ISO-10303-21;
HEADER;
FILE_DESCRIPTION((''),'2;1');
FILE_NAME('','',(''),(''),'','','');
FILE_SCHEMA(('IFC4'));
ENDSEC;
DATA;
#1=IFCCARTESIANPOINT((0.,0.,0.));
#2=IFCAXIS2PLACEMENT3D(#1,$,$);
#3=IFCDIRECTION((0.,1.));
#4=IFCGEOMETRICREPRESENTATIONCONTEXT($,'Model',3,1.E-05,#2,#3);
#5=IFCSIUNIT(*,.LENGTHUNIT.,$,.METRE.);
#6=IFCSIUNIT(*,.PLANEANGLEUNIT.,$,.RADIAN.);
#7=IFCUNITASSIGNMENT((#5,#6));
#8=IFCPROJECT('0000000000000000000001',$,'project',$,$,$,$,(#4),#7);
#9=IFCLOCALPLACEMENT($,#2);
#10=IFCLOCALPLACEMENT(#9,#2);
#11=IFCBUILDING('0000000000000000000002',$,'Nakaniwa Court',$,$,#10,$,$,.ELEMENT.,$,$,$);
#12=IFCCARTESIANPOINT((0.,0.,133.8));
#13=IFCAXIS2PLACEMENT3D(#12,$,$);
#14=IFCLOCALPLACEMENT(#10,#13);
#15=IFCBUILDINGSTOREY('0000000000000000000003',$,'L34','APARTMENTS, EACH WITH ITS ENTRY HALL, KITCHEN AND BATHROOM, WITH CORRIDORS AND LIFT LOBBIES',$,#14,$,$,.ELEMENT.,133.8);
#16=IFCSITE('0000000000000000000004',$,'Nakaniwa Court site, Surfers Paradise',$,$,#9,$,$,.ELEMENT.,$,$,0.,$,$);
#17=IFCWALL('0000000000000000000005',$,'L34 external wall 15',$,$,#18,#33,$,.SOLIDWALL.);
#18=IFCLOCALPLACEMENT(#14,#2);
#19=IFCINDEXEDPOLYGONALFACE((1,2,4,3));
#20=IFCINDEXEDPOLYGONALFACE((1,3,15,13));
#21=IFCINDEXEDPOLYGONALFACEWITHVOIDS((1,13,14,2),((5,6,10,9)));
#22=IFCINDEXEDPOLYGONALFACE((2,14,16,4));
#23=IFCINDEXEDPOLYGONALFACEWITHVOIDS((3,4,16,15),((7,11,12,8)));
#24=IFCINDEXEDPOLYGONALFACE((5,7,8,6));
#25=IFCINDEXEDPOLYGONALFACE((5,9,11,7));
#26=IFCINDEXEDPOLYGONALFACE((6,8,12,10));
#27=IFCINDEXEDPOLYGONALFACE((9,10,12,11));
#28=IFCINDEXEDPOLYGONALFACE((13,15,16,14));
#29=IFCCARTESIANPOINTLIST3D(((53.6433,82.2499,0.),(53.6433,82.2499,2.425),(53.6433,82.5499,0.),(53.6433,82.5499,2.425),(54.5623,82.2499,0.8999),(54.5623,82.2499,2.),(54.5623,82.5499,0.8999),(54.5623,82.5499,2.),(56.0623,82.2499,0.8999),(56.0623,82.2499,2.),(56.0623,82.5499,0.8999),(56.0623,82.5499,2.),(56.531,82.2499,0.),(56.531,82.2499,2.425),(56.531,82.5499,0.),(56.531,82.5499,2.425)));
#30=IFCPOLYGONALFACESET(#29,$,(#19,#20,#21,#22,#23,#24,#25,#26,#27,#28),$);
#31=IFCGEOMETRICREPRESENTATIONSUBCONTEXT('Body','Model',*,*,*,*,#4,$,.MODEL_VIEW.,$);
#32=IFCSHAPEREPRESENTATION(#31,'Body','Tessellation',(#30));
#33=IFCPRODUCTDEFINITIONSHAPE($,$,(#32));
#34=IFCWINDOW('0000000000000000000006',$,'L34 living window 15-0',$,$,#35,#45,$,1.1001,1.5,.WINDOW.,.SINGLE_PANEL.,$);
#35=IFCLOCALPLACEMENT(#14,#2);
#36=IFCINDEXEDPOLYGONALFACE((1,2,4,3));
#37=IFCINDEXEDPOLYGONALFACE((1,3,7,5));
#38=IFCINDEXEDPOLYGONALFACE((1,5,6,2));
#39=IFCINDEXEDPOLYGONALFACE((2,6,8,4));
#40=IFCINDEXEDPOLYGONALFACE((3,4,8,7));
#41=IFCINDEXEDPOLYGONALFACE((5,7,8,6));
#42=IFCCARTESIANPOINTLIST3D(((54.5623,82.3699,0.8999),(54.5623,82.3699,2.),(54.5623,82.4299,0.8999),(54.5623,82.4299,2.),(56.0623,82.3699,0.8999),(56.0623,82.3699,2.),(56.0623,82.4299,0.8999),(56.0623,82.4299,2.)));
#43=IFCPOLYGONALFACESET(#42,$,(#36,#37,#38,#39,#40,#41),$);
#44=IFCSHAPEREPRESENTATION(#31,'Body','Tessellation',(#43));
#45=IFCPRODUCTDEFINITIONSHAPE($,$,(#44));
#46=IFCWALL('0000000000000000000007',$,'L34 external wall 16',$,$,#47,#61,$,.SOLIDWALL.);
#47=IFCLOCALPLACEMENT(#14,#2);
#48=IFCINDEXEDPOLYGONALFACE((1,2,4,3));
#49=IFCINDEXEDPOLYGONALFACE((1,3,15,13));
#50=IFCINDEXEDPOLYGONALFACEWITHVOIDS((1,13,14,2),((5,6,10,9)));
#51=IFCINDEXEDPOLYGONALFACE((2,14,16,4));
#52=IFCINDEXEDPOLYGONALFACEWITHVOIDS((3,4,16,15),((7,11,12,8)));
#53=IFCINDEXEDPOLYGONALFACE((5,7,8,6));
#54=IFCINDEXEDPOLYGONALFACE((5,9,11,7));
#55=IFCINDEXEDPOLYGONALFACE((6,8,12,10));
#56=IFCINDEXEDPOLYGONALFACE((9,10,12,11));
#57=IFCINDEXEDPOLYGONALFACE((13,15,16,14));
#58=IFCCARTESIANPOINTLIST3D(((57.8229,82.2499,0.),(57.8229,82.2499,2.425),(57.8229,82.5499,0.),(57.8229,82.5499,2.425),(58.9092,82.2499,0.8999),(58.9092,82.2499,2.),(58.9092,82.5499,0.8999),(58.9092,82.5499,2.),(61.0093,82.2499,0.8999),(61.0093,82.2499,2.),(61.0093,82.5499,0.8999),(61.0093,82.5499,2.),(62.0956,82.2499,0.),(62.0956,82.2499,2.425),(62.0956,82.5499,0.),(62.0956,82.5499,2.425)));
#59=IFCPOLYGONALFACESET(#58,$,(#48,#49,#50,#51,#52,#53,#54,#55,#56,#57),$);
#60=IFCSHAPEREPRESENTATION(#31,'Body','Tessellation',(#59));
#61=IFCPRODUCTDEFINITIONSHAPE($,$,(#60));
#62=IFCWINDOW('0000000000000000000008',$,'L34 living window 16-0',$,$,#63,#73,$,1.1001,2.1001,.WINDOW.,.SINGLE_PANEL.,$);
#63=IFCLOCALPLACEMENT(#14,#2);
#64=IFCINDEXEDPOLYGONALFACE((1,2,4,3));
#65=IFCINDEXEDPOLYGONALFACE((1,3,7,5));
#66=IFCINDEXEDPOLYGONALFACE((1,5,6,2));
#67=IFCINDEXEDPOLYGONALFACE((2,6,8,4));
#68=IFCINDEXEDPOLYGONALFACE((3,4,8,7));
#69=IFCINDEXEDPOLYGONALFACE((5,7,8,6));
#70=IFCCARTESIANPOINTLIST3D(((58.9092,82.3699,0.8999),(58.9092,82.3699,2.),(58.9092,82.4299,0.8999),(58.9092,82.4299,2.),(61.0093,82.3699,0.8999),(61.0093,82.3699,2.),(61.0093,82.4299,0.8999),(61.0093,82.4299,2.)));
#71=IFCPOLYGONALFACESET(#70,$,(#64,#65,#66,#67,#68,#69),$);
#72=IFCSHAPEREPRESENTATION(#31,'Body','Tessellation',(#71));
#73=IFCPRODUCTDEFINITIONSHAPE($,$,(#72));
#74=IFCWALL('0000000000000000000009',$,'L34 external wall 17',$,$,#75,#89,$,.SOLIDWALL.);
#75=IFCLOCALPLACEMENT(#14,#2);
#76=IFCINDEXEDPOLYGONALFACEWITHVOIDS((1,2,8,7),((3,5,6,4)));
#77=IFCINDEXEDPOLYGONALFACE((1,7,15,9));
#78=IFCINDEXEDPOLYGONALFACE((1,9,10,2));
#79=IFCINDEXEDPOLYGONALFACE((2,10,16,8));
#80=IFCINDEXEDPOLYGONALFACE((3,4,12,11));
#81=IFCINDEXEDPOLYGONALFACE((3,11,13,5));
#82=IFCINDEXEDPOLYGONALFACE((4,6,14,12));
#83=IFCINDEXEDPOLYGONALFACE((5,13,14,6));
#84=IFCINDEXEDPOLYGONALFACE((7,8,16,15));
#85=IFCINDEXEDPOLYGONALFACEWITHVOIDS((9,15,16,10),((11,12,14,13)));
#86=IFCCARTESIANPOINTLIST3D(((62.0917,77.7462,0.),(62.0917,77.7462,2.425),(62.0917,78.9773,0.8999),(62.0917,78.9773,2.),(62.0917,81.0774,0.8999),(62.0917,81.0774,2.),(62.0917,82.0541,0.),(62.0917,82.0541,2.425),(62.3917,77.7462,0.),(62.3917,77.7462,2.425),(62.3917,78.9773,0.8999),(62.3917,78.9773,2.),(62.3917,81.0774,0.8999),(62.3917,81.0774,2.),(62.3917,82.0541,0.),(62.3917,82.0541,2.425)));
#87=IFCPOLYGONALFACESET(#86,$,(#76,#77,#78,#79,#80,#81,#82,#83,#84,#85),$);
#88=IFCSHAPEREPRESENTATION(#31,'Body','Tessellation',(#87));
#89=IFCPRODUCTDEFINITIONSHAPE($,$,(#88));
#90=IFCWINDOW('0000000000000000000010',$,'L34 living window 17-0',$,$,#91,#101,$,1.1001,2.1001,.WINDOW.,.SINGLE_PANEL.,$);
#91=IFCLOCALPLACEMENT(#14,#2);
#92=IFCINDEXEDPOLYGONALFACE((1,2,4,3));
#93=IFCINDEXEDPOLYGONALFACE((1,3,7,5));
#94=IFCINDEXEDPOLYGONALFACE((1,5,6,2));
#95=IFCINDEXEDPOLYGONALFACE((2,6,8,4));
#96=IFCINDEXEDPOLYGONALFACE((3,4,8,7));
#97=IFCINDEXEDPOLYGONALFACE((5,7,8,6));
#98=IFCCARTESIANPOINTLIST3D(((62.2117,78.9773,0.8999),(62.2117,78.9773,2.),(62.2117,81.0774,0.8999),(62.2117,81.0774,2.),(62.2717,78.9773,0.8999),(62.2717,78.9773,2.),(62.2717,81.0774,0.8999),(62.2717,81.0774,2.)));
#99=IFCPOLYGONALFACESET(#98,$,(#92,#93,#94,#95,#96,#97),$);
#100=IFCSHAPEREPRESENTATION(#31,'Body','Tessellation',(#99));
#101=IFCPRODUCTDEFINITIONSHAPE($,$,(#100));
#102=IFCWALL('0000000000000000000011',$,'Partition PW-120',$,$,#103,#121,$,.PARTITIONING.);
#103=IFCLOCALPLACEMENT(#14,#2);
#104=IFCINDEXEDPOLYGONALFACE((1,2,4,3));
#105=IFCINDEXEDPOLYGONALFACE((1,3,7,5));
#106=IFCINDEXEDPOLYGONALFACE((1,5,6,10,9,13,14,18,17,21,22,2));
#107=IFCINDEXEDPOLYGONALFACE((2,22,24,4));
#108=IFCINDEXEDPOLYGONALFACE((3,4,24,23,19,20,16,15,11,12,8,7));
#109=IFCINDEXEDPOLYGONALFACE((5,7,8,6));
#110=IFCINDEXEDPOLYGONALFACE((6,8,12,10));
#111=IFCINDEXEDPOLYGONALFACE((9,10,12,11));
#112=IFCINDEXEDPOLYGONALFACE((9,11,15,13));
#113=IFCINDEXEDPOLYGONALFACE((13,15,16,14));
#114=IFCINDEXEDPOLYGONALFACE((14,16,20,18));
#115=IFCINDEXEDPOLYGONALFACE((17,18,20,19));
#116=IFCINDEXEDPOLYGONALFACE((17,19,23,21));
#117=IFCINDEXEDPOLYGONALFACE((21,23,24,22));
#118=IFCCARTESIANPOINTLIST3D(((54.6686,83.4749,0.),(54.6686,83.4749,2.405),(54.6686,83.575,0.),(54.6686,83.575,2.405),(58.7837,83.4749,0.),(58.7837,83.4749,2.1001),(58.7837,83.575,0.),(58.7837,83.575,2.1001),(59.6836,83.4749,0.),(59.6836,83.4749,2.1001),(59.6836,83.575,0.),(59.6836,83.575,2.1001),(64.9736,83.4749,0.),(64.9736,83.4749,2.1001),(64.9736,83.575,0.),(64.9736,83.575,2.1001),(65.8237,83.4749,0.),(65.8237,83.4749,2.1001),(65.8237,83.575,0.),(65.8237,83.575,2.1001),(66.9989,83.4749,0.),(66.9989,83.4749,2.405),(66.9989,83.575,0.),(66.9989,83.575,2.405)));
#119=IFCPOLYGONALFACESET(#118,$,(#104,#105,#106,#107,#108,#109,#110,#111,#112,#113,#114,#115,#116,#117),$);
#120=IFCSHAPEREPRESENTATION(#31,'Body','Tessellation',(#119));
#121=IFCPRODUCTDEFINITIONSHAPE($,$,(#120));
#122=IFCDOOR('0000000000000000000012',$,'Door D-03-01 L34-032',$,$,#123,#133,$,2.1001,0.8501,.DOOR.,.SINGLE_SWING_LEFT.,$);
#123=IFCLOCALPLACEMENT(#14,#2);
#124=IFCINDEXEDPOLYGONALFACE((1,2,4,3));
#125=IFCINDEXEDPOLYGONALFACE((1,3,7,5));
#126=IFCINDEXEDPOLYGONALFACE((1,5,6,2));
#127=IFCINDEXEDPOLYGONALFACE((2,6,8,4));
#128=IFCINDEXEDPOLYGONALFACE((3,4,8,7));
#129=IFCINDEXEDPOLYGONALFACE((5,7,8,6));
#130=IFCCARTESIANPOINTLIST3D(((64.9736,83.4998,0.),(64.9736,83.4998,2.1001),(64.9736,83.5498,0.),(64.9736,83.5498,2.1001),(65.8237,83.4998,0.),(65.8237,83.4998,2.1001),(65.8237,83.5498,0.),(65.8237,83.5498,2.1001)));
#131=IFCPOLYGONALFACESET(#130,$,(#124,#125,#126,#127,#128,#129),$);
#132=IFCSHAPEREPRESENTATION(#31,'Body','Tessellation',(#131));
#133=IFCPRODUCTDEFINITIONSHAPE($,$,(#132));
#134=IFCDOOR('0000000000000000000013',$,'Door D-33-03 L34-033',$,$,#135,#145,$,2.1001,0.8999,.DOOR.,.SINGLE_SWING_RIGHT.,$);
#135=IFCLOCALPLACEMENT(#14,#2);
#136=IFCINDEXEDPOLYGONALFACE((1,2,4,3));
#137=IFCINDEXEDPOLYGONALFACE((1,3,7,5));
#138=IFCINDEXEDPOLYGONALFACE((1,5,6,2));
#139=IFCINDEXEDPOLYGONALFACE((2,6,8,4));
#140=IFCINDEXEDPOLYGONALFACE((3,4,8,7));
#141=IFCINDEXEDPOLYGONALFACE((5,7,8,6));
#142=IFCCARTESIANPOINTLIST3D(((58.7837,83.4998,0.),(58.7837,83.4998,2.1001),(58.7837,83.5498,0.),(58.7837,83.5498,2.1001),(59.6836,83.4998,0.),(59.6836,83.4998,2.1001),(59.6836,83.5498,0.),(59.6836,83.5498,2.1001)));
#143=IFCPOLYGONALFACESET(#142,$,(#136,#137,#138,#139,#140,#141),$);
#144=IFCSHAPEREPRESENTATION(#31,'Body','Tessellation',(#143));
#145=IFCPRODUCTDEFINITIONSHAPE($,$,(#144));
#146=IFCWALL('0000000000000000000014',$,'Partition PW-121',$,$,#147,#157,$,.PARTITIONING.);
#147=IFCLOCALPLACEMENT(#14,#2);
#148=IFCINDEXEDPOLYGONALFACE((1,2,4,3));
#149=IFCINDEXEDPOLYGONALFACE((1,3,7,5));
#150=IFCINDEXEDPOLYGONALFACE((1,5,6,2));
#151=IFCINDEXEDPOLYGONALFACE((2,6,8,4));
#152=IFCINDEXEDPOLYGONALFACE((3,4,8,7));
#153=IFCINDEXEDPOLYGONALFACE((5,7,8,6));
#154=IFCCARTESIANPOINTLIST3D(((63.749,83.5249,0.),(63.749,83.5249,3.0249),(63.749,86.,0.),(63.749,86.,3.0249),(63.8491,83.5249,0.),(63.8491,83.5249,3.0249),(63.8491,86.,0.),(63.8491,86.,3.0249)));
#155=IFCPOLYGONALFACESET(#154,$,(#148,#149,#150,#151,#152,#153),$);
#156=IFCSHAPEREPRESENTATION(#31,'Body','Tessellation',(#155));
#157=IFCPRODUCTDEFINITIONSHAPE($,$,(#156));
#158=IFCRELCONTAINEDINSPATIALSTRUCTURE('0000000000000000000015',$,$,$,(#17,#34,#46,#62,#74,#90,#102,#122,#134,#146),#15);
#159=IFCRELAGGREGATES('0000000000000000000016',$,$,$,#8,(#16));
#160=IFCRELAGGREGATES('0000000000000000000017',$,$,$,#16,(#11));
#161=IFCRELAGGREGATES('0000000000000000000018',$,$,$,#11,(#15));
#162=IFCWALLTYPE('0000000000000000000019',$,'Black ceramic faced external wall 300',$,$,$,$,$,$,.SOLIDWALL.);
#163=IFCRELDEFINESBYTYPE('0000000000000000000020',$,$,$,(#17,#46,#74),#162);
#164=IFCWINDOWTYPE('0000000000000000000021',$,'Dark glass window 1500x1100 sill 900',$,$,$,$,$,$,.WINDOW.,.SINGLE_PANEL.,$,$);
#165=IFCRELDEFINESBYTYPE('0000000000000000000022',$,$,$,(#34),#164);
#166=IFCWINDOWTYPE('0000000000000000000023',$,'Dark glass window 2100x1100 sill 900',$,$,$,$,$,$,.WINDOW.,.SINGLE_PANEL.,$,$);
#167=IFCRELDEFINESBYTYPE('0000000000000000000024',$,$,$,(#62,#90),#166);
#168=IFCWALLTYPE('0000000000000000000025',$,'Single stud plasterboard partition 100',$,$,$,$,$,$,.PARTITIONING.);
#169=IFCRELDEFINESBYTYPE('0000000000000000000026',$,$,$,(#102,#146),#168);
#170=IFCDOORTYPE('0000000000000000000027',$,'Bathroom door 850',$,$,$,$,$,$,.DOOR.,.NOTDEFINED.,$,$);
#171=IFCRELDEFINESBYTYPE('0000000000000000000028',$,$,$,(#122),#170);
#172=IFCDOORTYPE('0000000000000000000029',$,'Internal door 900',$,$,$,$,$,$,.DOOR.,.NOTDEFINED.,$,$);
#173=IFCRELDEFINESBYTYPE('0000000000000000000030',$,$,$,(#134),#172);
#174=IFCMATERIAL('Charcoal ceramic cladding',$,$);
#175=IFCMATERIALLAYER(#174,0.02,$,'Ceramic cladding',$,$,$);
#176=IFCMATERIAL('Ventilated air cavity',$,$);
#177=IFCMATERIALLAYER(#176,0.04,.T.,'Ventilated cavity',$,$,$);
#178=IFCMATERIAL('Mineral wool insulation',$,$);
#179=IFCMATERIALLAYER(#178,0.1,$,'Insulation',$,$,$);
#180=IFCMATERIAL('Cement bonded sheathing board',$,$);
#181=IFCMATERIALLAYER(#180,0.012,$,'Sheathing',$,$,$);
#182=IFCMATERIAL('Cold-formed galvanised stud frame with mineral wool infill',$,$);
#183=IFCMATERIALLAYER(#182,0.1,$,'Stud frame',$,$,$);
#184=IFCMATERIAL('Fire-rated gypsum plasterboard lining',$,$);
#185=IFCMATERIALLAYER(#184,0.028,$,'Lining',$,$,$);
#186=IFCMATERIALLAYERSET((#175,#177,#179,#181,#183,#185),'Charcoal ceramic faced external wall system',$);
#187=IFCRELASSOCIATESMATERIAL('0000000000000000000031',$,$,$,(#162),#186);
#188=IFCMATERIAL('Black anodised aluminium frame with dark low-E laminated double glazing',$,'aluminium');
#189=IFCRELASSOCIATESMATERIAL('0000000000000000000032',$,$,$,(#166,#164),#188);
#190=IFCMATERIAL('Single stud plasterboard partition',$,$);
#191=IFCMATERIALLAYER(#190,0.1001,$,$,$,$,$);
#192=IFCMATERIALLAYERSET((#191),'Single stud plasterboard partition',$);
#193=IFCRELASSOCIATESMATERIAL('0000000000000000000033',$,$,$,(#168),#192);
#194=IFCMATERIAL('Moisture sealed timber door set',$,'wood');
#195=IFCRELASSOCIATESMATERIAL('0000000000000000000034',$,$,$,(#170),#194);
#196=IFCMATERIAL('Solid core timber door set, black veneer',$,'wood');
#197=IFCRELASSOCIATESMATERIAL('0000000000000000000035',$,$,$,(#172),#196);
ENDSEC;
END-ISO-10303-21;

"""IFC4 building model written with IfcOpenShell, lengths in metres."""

from ifc_helpers import new_model, si_unit, direction, frame, frame_2d, origin, place, context, subcontext, project, spatial, rectangle, extrude, material, layer, layer_set, type_object, element, fill, save


model = new_model("IFC4")

# Units and contexts
model_context = context("Model", 3, precision=1e-05, world=origin(), true_north=direction((0.0, 1.0)))
body_context = subcontext(model_context, "Body", "Model", "MODEL_VIEW")
ifc_project = project(units=[si_unit("LENGTHUNIT", "METRE"), si_unit("PLANEANGLEUNIT", "RADIAN")], contexts=[model_context])

# Site, building, storey
site_placement = place(None, origin())
site = spatial("IfcSite", under=ifc_project, at=site_placement, Name="Nakaniwa Court site, Surfers Paradise", CompositionType="ELEMENT", RefElevation=0.0)
building_placement = place(site_placement, origin())
building = spatial("IfcBuilding", under=site, at=building_placement, Name="Nakaniwa Court", CompositionType="ELEMENT")
storey_placement = place(building_placement, frame((0.0, 0.0, 133.8)))
storey = spatial("IfcBuildingStorey", under=building, at=storey_placement, Name="L34", Description="APARTMENTS, EACH WITH ITS ENTRY HALL, KITCHEN AND BATHROOM, WITH CORRIDORS AND LIFT LOBBIES", CompositionType="ELEMENT", Elevation=133.8)

# Shared definitions
ifc_material_1 = material(Name="Charcoal ceramic cladding")
ifc_layer_1 = layer(ifc_material_1, 0.02, Name="Ceramic cladding")
ifc_material_2 = material(Name="Ventilated air cavity")
ifc_layer_2 = layer(ifc_material_2, 0.04, ventilated=True, Name="Ventilated cavity")
ifc_material_3 = material(Name="Mineral wool insulation")
ifc_layer_3 = layer(ifc_material_3, 0.1, Name="Insulation")
ifc_material_4 = material(Name="Cement bonded sheathing board")
ifc_layer_4 = layer(ifc_material_4, 0.012, Name="Sheathing")
ifc_material_5 = material(Name="Cold-formed galvanised stud frame with mineral wool infill")
ifc_layer_5 = layer(ifc_material_5, 0.1, Name="Stud frame")
ifc_material_6 = material(Name="Fire-rated gypsum plasterboard lining")
ifc_layer_6 = layer(ifc_material_6, 0.028, Name="Lining")
ifc_layer_set_1 = layer_set([ifc_layer_1, ifc_layer_2, ifc_layer_3, ifc_layer_4, ifc_layer_5, ifc_layer_6], Name="Charcoal ceramic faced external wall system")
wall_type_1 = type_object("IfcWallType", Name="Black ceramic faced external wall 300", PredefinedType="SOLIDWALL", material=ifc_layer_set_1)

# Walls, openings, windows
ifc_material_7 = material(Name="Black anodised aluminium frame with dark low-E laminated double glazing", Category="aluminium")
window_type_1 = type_object("IfcWindowType", Name="Dark glass window 2100x1100 sill 900", PartitioningType="SINGLE_PANEL", PredefinedType="WINDOW", material=ifc_material_7)
wall_1_placement = place(storey_placement, frame((53.6433, 82.3999, 0.0), z_axis=(0.0, 0.0, 1.0), x_axis=(1.0, 0.0, 0.0)))
wall_1 = element("IfcWall", 1, at=wall_1_placement, inside=storey, type_object=wall_type_1, Name="L34 external wall 15", PredefinedType="SOLIDWALL", context=body_context, shape_type="SweptSolid", body=[
    extrude(rectangle(XDim=2.8877, YDim=0.3, at=frame_2d((1.4438, 0.0))), origin(), (0.0, 0.0, 1.0), 2.425),
])
opening_1_placement = place(wall_1_placement, frame((0.9189, 0.0, 0.8999)))
opening_1 = element("IfcOpeningElement", 2, at=opening_1_placement, cuts=wall_1, PredefinedType="OPENING", context=body_context, shape_type="SweptSolid", body=[
    extrude(rectangle(XDim=1.5, YDim=1.1001, at=frame_2d((0.75, 0.55))), frame((0.0, 0.1599, 0.0), z_axis=(0.0, -1.0, 0.0), x_axis=(1.0, 0.0, 0.0)), (0.0, 0.0, 1.0), 0.3201),
])
window_type_2 = type_object("IfcWindowType", Name="Dark glass window 1500x1100 sill 900", PartitioningType="SINGLE_PANEL", PredefinedType="WINDOW", material=ifc_material_7)
window_1_placement = place(opening_1_placement, origin())
window_1 = element("IfcWindow", 3, at=window_1_placement, inside=storey, type_object=window_type_2, Name="L34 living window 15-0", OverallHeight=1.1001, OverallWidth=1.5, PartitioningType="SINGLE_PANEL", PredefinedType="WINDOW", context=body_context, shape_type="SweptSolid", body=[
    extrude(rectangle(XDim=1.5, YDim=1.1001, at=frame_2d((0.75, 0.55))), frame((0.0, 0.03, 0.0), z_axis=(0.0, -1.0, 0.0), x_axis=(1.0, 0.0, 0.0)), (0.0, 0.0, 1.0), 0.0601),
])
fill(opening_1, window_1)
wall_2_placement = place(storey_placement, frame((57.823, 82.3999, 0.0), z_axis=(0.0, 0.0, 1.0), x_axis=(1.0, 0.0, 0.0)))
wall_2 = element("IfcWall", 4, at=wall_2_placement, inside=storey, type_object=wall_type_1, Name="L34 external wall 16", PredefinedType="SOLIDWALL", context=body_context, shape_type="SweptSolid", body=[
    extrude(rectangle(XDim=4.2727, YDim=0.3, at=frame_2d((2.1362, 0.0))), origin(), (0.0, 0.0, 1.0), 2.425),
])
opening_2_placement = place(wall_2_placement, frame((1.0862, 0.0, 0.8999)))
opening_2 = element("IfcOpeningElement", 5, at=opening_2_placement, cuts=wall_2, PredefinedType="OPENING", context=body_context, shape_type="SweptSolid", body=[
    extrude(rectangle(XDim=2.1001, YDim=1.1001, at=frame_2d((1.05, 0.55))), frame((0.0, 0.1599, 0.0), z_axis=(0.0, -1.0, 0.0), x_axis=(1.0, 0.0, 0.0)), (0.0, 0.0, 1.0), 0.3201),
])
window_2_placement = place(opening_2_placement, origin())
window_2 = element("IfcWindow", 6, at=window_2_placement, inside=storey, type_object=window_type_1, Name="L34 living window 16-0", OverallHeight=1.1001, OverallWidth=2.1001, PartitioningType="SINGLE_PANEL", PredefinedType="WINDOW", context=body_context, shape_type="SweptSolid", body=[
    extrude(rectangle(XDim=2.1001, YDim=1.1001, at=frame_2d((1.05, 0.55))), frame((0.0, 0.03, 0.0), z_axis=(0.0, -1.0, 0.0), x_axis=(1.0, 0.0, 0.0)), (0.0, 0.0, 1.0), 0.0601),
])
fill(opening_2, window_2)
wall_3_placement = place(storey_placement, frame((62.2417, 82.054, 0.0), z_axis=(0.0, 0.0, 1.0), x_axis=(0.0, -1.0, 0.0)))
wall_3 = element("IfcWall", 7, at=wall_3_placement, inside=storey, type_object=wall_type_1, Name="L34 external wall 17", PredefinedType="SOLIDWALL", context=body_context, shape_type="SweptSolid", body=[
    extrude(rectangle(XDim=4.3079, YDim=0.3, at=frame_2d((2.1538, 0.0))), origin(), (0.0, 0.0, 1.0), 2.425),
])
opening_3_placement = place(wall_3_placement, frame((0.9766, 0.0, 0.8999)))
opening_3 = element("IfcOpeningElement", 8, at=opening_3_placement, cuts=wall_3, PredefinedType="OPENING", context=body_context, shape_type="SweptSolid", body=[
    extrude(rectangle(XDim=2.1001, YDim=1.1001, at=frame_2d((1.05, 0.55))), frame((0.0, 0.1599, 0.0), z_axis=(0.0, -1.0, 0.0), x_axis=(1.0, 0.0, 0.0)), (0.0, 0.0, 1.0), 0.3201),
])
window_3_placement = place(opening_3_placement, origin())
window_3 = element("IfcWindow", 9, at=window_3_placement, inside=storey, type_object=window_type_1, Name="L34 living window 17-0", OverallHeight=1.1001, OverallWidth=2.1001, PartitioningType="SINGLE_PANEL", PredefinedType="WINDOW", context=body_context, shape_type="SweptSolid", body=[
    extrude(rectangle(XDim=2.1001, YDim=1.1001, at=frame_2d((1.05, 0.55))), frame((0.0, 0.03, 0.0), z_axis=(0.0, -1.0, 0.0), x_axis=(1.0, 0.0, 0.0)), (0.0, 0.0, 1.0), 0.0601),
])
fill(opening_3, window_3)

# Wall, openings, doors
ifc_material_8 = material(Name="Single stud plasterboard partition")
ifc_layer_7 = layer(ifc_material_8, 0.1001)
ifc_layer_set_2 = layer_set([ifc_layer_7], Name="Single stud plasterboard partition")
wall_type_2 = type_object("IfcWallType", Name="Single stud plasterboard partition 100", PredefinedType="PARTITIONING", material=ifc_layer_set_2)
wall_4_placement = place(storey_placement, frame((54.6687, 83.5249, 0.0), z_axis=(0.0, 0.0, 1.0), x_axis=(1.0, 0.0, 0.0)))
wall_4 = element("IfcWall", 10, at=wall_4_placement, inside=storey, type_object=wall_type_2, Name="Partition PW-120", PredefinedType="PARTITIONING", context=body_context, shape_type="SweptSolid", body=[
    extrude(rectangle(XDim=12.3303, YDim=0.1001, at=frame_2d((6.165, 0.0))), origin(), (0.0, 0.0, 1.0), 2.405),
])
opening_4_placement = place(wall_4_placement, frame((10.3049, 0.0, 0.0)))
opening_4 = element("IfcOpeningElement", 11, at=opening_4_placement, cuts=wall_4, PredefinedType="OPENING", context=body_context, shape_type="SweptSolid", body=[
    extrude(rectangle(XDim=0.8501, YDim=2.1001, at=frame_2d((0.425, 1.05))), frame((0.0, 0.0601, 0.0), z_axis=(0.0, -1.0, 0.0), x_axis=(1.0, 0.0, 0.0)), (0.0, 0.0, 1.0), 0.1201),
])
opening_5_placement = place(wall_4_placement, frame((4.115, 0.0, 0.0)))
opening_5 = element("IfcOpeningElement", 12, at=opening_5_placement, cuts=wall_4, PredefinedType="OPENING", context=body_context, shape_type="SweptSolid", body=[
    extrude(rectangle(XDim=0.8999, YDim=2.1001, at=frame_2d((0.45, 1.05))), frame((0.0, 0.0601, 0.0), z_axis=(0.0, -1.0, 0.0), x_axis=(1.0, 0.0, 0.0)), (0.0, 0.0, 1.0), 0.1201),
])
ifc_material_9 = material(Name="Moisture sealed timber door set", Category="wood")
door_type_1 = type_object("IfcDoorType", Name="Bathroom door 850", OperationType="NOTDEFINED", PredefinedType="DOOR", material=ifc_material_9)
door_1_placement = place(opening_4_placement, origin())
door_1 = element("IfcDoor", 13, at=door_1_placement, inside=storey, type_object=door_type_1, Name="Door D-03-01 L34-032", OperationType="SINGLE_SWING_LEFT", OverallHeight=2.1001, OverallWidth=0.8501, PredefinedType="DOOR", context=body_context, shape_type="SweptSolid", body=[
    extrude(rectangle(XDim=0.8501, YDim=2.1001, at=frame_2d((0.425, 1.05))), frame((0.0, 0.0249, 0.0), z_axis=(0.0, -1.0, 0.0), x_axis=(1.0, 0.0, 0.0)), (0.0, 0.0, 1.0), 0.05),
])
fill(opening_4, door_1)
ifc_material_10 = material(Name="Solid core timber door set, black veneer", Category="wood")
door_type_2 = type_object("IfcDoorType", Name="Internal door 900", OperationType="NOTDEFINED", PredefinedType="DOOR", material=ifc_material_10)
door_2_placement = place(opening_5_placement, origin())
door_2 = element("IfcDoor", 14, at=door_2_placement, inside=storey, type_object=door_type_2, Name="Door D-33-03 L34-033", OperationType="SINGLE_SWING_RIGHT", OverallHeight=2.1001, OverallWidth=0.8999, PredefinedType="DOOR", context=body_context, shape_type="SweptSolid", body=[
    extrude(rectangle(XDim=0.8999, YDim=2.1001, at=frame_2d((0.45, 1.05))), frame((0.0, 0.0249, 0.0), z_axis=(0.0, -1.0, 0.0), x_axis=(1.0, 0.0, 0.0)), (0.0, 0.0, 1.0), 0.05),
])
fill(opening_5, door_2)

# Wall
wall_5_placement = place(storey_placement, frame((63.7991, 83.5249, 0.0), z_axis=(0.0, 0.0, 1.0), x_axis=(0.0, 1.0, 0.0)))
element("IfcWall", 15, at=wall_5_placement, inside=storey, type_object=wall_type_2, Name="Partition PW-121", PredefinedType="PARTITIONING", context=body_context, shape_type="SweptSolid", body=[
    extrude(rectangle(XDim=2.4751, YDim=0.1001, at=frame_2d((1.2375, 0.0))), origin(), (0.0, 0.0, 1.0), 3.0249),
])

save(model, "model.ifc")
